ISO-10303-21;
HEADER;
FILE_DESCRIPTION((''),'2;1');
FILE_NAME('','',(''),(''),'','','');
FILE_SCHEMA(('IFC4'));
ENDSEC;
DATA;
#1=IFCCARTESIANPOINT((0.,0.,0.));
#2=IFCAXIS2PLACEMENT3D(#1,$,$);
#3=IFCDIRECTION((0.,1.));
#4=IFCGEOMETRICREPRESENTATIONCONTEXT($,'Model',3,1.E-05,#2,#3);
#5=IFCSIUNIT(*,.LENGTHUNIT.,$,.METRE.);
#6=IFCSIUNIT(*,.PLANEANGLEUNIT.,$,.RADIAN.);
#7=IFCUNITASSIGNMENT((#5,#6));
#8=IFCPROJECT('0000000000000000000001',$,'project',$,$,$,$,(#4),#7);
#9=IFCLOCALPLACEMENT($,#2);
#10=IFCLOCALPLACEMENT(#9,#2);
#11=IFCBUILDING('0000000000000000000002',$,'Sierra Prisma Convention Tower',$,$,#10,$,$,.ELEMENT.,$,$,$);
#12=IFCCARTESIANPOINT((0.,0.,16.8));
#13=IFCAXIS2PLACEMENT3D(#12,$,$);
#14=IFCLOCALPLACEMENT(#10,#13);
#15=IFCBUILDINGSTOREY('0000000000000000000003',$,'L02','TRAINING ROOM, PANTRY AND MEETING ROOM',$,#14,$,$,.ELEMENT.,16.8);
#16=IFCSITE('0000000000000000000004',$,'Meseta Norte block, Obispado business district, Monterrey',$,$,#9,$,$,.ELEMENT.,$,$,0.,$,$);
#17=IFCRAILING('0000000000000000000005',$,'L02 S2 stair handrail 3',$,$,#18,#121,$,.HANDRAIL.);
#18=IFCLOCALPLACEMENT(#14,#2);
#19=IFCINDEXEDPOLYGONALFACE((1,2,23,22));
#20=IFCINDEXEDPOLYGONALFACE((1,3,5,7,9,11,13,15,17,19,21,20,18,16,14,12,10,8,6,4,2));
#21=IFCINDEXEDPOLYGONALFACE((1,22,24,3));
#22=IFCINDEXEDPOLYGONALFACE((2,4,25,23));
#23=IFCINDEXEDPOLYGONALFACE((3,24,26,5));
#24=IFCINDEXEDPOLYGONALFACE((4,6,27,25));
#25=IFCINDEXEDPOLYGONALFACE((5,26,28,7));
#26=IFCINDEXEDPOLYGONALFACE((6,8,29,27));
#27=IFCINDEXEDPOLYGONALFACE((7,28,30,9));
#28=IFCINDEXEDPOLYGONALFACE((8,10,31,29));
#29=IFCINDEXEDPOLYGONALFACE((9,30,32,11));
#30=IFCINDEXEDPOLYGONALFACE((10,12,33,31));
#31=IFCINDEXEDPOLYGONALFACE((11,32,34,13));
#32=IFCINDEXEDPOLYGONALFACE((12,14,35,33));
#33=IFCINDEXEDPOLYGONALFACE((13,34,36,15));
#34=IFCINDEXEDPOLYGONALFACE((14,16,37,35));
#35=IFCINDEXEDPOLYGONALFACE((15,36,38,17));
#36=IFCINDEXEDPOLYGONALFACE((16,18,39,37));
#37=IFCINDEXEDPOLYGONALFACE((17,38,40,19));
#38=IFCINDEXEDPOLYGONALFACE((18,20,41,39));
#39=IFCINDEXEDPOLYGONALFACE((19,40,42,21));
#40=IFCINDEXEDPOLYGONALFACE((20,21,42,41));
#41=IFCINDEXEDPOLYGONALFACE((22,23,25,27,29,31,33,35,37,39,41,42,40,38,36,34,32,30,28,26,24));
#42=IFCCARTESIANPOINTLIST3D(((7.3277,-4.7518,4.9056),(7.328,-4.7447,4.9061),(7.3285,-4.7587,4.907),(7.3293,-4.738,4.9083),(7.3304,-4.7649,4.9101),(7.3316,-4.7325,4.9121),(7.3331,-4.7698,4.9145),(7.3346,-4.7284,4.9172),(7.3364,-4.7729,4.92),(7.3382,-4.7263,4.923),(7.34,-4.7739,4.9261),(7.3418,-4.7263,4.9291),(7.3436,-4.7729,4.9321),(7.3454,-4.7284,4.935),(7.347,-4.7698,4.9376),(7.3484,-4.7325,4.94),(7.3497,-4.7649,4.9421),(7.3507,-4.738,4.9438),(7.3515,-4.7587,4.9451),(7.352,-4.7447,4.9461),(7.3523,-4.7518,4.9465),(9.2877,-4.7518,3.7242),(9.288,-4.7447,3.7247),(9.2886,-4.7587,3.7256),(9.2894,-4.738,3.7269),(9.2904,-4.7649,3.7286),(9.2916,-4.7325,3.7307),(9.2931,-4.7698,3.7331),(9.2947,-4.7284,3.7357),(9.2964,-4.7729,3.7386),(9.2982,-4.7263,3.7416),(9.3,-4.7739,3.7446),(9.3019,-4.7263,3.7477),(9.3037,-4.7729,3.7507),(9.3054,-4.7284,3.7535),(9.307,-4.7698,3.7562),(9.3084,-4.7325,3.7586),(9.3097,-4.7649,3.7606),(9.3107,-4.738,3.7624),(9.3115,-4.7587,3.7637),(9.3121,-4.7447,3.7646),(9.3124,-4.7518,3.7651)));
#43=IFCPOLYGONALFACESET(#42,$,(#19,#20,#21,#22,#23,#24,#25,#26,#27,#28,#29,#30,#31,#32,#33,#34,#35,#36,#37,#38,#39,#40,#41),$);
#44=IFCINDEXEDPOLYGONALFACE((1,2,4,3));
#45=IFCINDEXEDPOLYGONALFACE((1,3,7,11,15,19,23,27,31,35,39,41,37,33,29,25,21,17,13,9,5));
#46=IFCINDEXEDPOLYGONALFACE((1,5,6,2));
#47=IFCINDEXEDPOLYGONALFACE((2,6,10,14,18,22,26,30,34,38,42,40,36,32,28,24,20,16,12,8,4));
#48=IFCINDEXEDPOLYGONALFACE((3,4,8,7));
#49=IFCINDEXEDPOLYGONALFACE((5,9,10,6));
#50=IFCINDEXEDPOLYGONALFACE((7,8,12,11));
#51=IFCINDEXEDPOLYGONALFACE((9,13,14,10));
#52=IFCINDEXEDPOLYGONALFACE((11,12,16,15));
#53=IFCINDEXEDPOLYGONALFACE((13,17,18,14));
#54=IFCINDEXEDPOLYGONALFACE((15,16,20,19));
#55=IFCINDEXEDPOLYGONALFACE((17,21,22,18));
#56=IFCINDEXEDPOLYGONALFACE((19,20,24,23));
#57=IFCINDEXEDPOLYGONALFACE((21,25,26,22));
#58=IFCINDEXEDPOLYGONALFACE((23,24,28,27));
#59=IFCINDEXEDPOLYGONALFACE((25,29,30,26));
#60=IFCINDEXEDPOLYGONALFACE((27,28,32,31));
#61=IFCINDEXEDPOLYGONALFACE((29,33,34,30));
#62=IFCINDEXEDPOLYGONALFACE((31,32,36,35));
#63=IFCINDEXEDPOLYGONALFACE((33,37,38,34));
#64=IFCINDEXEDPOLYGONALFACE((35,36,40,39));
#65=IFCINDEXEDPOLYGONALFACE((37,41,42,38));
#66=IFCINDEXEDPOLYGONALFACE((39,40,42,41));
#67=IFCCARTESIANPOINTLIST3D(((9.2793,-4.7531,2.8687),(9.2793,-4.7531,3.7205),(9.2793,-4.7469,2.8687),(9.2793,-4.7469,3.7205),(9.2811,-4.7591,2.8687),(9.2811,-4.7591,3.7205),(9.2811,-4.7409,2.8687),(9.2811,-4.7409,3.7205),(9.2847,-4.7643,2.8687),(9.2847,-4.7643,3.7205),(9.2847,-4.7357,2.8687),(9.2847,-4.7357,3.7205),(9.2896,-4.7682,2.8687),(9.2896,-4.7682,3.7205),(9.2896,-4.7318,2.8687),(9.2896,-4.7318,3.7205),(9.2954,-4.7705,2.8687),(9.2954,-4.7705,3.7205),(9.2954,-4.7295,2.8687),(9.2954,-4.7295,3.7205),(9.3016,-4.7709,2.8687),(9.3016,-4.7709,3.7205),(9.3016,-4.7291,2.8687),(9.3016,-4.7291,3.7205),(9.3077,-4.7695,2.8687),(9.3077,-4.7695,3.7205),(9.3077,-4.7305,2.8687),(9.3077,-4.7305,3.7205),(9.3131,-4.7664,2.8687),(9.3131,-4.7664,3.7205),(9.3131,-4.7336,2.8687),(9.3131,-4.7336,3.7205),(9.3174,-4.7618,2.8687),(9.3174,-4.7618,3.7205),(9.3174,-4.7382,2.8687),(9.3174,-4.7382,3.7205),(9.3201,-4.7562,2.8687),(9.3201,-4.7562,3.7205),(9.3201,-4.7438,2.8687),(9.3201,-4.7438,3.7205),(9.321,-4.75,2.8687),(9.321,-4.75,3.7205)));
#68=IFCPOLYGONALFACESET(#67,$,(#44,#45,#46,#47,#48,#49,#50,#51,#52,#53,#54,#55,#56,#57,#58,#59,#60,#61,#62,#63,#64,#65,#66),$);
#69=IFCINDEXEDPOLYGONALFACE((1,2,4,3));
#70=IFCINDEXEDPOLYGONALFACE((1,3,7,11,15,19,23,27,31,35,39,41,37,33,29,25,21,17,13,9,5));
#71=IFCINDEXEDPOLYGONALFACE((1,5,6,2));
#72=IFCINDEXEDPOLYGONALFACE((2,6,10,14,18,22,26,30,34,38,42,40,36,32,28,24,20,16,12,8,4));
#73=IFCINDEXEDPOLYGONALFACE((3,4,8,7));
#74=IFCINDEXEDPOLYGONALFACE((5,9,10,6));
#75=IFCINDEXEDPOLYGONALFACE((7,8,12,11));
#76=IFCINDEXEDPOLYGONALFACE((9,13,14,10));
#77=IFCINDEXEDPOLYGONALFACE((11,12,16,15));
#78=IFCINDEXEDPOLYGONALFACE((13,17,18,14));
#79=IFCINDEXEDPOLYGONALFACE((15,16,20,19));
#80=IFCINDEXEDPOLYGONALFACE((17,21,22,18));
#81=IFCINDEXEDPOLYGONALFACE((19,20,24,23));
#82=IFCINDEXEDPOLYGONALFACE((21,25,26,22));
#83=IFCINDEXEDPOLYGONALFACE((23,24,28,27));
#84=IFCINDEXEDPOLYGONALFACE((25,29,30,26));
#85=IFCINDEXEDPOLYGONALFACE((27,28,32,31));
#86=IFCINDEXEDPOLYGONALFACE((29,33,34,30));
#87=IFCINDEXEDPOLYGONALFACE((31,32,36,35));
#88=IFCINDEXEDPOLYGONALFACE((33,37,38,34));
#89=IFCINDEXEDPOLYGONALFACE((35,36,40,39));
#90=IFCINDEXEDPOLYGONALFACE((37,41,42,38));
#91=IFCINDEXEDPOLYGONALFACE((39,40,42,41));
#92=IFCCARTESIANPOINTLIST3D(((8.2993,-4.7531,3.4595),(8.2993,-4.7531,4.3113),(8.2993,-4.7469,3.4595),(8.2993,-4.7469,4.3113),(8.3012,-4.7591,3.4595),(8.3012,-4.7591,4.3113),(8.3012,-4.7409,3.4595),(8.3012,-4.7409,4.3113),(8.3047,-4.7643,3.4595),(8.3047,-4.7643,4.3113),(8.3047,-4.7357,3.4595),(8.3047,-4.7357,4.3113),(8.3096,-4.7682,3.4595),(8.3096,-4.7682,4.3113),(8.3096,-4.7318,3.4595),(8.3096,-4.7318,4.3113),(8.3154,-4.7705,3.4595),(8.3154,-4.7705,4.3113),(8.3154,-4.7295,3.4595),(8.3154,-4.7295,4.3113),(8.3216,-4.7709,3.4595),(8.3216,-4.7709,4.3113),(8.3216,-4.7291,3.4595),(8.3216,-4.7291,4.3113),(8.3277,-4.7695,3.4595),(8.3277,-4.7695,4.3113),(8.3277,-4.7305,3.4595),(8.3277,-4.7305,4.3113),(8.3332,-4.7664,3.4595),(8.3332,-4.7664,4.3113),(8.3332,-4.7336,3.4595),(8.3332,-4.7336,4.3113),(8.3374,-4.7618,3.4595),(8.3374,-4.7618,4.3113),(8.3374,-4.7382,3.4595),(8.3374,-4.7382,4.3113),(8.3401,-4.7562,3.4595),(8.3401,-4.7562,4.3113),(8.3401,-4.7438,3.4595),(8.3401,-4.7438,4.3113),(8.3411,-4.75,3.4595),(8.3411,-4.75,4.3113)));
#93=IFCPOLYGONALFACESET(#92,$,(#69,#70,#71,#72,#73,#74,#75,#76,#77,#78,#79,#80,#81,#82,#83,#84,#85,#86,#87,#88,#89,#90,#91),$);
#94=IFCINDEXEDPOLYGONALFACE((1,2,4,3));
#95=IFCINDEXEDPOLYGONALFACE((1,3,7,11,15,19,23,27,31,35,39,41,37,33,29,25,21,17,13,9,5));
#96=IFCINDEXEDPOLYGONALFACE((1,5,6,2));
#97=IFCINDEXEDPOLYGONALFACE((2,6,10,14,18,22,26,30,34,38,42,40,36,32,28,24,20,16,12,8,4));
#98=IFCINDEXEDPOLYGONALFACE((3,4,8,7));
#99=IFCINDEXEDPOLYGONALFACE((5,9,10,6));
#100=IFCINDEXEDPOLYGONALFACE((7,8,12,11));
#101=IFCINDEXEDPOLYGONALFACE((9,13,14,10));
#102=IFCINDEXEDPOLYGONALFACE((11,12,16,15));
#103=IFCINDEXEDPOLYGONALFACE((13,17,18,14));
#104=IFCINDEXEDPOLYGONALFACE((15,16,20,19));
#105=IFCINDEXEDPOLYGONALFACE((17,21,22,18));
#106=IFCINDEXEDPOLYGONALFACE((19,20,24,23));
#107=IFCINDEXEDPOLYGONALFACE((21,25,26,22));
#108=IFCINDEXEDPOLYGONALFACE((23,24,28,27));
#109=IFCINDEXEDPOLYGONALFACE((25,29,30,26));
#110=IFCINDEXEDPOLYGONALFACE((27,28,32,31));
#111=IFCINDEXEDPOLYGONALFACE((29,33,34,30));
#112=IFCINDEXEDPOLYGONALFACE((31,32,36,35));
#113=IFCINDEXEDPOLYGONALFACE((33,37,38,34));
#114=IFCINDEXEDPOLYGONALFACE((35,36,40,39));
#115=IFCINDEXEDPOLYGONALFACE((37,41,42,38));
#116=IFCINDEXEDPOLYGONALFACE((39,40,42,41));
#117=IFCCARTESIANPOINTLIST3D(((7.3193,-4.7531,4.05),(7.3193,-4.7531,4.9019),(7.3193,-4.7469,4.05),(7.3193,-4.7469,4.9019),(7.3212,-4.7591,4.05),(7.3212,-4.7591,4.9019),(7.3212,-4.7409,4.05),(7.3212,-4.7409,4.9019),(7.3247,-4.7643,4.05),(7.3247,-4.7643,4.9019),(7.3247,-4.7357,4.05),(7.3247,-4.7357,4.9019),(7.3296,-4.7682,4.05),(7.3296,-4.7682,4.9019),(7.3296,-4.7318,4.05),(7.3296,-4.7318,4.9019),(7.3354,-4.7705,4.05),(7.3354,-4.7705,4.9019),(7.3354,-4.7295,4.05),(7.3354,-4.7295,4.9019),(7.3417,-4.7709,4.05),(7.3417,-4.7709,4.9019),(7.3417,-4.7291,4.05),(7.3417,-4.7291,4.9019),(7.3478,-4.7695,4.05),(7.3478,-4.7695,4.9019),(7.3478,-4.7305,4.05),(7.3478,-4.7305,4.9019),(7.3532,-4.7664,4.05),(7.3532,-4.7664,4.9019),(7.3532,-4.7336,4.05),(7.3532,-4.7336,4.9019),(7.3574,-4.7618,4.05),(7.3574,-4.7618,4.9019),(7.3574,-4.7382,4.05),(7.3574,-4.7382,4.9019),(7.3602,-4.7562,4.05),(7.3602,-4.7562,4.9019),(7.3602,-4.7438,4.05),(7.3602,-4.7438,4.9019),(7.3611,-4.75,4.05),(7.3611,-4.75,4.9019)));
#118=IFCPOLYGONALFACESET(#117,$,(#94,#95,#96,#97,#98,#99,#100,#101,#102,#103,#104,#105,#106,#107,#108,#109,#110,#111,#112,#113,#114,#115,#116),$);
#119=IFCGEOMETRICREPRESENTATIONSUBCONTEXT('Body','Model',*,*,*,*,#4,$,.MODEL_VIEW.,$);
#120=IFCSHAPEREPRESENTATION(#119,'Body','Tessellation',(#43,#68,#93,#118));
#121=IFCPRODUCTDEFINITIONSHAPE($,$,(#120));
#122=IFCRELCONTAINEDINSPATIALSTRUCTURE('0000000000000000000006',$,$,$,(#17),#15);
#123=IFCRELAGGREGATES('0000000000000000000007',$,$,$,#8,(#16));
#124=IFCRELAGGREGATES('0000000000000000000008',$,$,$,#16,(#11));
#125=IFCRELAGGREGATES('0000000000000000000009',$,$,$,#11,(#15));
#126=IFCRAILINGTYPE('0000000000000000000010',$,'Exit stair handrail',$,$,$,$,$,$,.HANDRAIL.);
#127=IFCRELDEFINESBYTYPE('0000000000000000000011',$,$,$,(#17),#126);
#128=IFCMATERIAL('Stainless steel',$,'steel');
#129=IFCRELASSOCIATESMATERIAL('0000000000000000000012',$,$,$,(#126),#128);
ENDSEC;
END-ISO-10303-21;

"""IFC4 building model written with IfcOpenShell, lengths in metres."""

from ifc_helpers import new_model, si_unit, direction, frame, origin, origin_2d, place, context, subcontext, project, spatial, circle, extrude, material, type_object, element, save


model = new_model("IFC4")

# Units and contexts
model_context = context("Model", 3, precision=1e-05, world=origin(), true_north=direction((0.0, 1.0)))
body_context = subcontext(model_context, "Body", "Model", "MODEL_VIEW")
ifc_project = project(units=[si_unit("LENGTHUNIT", "METRE"), si_unit("PLANEANGLEUNIT", "RADIAN")], contexts=[model_context])

# Site, building, storey
site_placement = place(None, origin())
site = spatial("IfcSite", under=ifc_project, at=site_placement, Name="Meseta Norte block, Obispado business district, Monterrey", CompositionType="ELEMENT", RefElevation=0.0)
building_placement = place(site_placement, origin())
building = spatial("IfcBuilding", under=site, at=building_placement, Name="Sierra Prisma Convention Tower", CompositionType="ELEMENT")
storey_placement = place(building_placement, frame((0.0, 0.0, 16.8)))
storey = spatial("IfcBuildingStorey", under=building, at=storey_placement, Name="L02", Description="TRAINING ROOM, PANTRY AND MEETING ROOM", CompositionType="ELEMENT", Elevation=16.8)

# Railing
ifc_material_1 = material(Name="Stainless steel", Category="steel")
railing_type_1 = type_object("IfcRailingType", Name="Exit stair handrail", PredefinedType="HANDRAIL", material=ifc_material_1)
railing_1_placement = place(storey_placement, frame((9.3, -4.75, 2.8687)))
element("IfcRailing", 1, at=railing_1_placement, inside=storey, type_object=railing_type_1, Name="L02 S2 stair handrail 3", PredefinedType="HANDRAIL", context=body_context, shape_type="SweptSolid", body=[
    extrude(circle(Radius=0.0239, at=origin_2d()), frame((0.0, 0.0, 0.876), z_axis=(-0.856446, 0.0, 0.516236), x_axis=(0.0, -1.0, 0.0)), (0.0, 0.0, 1.0), 2.2886),
    extrude(circle(Radius=0.021, at=origin_2d()), origin(), (0.0, 0.0, 1.0), 0.8518),
    extrude(circle(Radius=0.021, at=origin_2d()), frame((-0.98, 0.0, 0.5908)), (0.0, 0.0, 1.0), 0.8518),
    extrude(circle(Radius=0.021, at=origin_2d()), frame((-1.96, 0.0, 1.1814)), (0.0, 0.0, 1.0), 0.8518),
])

save(model, "model.ifc")
